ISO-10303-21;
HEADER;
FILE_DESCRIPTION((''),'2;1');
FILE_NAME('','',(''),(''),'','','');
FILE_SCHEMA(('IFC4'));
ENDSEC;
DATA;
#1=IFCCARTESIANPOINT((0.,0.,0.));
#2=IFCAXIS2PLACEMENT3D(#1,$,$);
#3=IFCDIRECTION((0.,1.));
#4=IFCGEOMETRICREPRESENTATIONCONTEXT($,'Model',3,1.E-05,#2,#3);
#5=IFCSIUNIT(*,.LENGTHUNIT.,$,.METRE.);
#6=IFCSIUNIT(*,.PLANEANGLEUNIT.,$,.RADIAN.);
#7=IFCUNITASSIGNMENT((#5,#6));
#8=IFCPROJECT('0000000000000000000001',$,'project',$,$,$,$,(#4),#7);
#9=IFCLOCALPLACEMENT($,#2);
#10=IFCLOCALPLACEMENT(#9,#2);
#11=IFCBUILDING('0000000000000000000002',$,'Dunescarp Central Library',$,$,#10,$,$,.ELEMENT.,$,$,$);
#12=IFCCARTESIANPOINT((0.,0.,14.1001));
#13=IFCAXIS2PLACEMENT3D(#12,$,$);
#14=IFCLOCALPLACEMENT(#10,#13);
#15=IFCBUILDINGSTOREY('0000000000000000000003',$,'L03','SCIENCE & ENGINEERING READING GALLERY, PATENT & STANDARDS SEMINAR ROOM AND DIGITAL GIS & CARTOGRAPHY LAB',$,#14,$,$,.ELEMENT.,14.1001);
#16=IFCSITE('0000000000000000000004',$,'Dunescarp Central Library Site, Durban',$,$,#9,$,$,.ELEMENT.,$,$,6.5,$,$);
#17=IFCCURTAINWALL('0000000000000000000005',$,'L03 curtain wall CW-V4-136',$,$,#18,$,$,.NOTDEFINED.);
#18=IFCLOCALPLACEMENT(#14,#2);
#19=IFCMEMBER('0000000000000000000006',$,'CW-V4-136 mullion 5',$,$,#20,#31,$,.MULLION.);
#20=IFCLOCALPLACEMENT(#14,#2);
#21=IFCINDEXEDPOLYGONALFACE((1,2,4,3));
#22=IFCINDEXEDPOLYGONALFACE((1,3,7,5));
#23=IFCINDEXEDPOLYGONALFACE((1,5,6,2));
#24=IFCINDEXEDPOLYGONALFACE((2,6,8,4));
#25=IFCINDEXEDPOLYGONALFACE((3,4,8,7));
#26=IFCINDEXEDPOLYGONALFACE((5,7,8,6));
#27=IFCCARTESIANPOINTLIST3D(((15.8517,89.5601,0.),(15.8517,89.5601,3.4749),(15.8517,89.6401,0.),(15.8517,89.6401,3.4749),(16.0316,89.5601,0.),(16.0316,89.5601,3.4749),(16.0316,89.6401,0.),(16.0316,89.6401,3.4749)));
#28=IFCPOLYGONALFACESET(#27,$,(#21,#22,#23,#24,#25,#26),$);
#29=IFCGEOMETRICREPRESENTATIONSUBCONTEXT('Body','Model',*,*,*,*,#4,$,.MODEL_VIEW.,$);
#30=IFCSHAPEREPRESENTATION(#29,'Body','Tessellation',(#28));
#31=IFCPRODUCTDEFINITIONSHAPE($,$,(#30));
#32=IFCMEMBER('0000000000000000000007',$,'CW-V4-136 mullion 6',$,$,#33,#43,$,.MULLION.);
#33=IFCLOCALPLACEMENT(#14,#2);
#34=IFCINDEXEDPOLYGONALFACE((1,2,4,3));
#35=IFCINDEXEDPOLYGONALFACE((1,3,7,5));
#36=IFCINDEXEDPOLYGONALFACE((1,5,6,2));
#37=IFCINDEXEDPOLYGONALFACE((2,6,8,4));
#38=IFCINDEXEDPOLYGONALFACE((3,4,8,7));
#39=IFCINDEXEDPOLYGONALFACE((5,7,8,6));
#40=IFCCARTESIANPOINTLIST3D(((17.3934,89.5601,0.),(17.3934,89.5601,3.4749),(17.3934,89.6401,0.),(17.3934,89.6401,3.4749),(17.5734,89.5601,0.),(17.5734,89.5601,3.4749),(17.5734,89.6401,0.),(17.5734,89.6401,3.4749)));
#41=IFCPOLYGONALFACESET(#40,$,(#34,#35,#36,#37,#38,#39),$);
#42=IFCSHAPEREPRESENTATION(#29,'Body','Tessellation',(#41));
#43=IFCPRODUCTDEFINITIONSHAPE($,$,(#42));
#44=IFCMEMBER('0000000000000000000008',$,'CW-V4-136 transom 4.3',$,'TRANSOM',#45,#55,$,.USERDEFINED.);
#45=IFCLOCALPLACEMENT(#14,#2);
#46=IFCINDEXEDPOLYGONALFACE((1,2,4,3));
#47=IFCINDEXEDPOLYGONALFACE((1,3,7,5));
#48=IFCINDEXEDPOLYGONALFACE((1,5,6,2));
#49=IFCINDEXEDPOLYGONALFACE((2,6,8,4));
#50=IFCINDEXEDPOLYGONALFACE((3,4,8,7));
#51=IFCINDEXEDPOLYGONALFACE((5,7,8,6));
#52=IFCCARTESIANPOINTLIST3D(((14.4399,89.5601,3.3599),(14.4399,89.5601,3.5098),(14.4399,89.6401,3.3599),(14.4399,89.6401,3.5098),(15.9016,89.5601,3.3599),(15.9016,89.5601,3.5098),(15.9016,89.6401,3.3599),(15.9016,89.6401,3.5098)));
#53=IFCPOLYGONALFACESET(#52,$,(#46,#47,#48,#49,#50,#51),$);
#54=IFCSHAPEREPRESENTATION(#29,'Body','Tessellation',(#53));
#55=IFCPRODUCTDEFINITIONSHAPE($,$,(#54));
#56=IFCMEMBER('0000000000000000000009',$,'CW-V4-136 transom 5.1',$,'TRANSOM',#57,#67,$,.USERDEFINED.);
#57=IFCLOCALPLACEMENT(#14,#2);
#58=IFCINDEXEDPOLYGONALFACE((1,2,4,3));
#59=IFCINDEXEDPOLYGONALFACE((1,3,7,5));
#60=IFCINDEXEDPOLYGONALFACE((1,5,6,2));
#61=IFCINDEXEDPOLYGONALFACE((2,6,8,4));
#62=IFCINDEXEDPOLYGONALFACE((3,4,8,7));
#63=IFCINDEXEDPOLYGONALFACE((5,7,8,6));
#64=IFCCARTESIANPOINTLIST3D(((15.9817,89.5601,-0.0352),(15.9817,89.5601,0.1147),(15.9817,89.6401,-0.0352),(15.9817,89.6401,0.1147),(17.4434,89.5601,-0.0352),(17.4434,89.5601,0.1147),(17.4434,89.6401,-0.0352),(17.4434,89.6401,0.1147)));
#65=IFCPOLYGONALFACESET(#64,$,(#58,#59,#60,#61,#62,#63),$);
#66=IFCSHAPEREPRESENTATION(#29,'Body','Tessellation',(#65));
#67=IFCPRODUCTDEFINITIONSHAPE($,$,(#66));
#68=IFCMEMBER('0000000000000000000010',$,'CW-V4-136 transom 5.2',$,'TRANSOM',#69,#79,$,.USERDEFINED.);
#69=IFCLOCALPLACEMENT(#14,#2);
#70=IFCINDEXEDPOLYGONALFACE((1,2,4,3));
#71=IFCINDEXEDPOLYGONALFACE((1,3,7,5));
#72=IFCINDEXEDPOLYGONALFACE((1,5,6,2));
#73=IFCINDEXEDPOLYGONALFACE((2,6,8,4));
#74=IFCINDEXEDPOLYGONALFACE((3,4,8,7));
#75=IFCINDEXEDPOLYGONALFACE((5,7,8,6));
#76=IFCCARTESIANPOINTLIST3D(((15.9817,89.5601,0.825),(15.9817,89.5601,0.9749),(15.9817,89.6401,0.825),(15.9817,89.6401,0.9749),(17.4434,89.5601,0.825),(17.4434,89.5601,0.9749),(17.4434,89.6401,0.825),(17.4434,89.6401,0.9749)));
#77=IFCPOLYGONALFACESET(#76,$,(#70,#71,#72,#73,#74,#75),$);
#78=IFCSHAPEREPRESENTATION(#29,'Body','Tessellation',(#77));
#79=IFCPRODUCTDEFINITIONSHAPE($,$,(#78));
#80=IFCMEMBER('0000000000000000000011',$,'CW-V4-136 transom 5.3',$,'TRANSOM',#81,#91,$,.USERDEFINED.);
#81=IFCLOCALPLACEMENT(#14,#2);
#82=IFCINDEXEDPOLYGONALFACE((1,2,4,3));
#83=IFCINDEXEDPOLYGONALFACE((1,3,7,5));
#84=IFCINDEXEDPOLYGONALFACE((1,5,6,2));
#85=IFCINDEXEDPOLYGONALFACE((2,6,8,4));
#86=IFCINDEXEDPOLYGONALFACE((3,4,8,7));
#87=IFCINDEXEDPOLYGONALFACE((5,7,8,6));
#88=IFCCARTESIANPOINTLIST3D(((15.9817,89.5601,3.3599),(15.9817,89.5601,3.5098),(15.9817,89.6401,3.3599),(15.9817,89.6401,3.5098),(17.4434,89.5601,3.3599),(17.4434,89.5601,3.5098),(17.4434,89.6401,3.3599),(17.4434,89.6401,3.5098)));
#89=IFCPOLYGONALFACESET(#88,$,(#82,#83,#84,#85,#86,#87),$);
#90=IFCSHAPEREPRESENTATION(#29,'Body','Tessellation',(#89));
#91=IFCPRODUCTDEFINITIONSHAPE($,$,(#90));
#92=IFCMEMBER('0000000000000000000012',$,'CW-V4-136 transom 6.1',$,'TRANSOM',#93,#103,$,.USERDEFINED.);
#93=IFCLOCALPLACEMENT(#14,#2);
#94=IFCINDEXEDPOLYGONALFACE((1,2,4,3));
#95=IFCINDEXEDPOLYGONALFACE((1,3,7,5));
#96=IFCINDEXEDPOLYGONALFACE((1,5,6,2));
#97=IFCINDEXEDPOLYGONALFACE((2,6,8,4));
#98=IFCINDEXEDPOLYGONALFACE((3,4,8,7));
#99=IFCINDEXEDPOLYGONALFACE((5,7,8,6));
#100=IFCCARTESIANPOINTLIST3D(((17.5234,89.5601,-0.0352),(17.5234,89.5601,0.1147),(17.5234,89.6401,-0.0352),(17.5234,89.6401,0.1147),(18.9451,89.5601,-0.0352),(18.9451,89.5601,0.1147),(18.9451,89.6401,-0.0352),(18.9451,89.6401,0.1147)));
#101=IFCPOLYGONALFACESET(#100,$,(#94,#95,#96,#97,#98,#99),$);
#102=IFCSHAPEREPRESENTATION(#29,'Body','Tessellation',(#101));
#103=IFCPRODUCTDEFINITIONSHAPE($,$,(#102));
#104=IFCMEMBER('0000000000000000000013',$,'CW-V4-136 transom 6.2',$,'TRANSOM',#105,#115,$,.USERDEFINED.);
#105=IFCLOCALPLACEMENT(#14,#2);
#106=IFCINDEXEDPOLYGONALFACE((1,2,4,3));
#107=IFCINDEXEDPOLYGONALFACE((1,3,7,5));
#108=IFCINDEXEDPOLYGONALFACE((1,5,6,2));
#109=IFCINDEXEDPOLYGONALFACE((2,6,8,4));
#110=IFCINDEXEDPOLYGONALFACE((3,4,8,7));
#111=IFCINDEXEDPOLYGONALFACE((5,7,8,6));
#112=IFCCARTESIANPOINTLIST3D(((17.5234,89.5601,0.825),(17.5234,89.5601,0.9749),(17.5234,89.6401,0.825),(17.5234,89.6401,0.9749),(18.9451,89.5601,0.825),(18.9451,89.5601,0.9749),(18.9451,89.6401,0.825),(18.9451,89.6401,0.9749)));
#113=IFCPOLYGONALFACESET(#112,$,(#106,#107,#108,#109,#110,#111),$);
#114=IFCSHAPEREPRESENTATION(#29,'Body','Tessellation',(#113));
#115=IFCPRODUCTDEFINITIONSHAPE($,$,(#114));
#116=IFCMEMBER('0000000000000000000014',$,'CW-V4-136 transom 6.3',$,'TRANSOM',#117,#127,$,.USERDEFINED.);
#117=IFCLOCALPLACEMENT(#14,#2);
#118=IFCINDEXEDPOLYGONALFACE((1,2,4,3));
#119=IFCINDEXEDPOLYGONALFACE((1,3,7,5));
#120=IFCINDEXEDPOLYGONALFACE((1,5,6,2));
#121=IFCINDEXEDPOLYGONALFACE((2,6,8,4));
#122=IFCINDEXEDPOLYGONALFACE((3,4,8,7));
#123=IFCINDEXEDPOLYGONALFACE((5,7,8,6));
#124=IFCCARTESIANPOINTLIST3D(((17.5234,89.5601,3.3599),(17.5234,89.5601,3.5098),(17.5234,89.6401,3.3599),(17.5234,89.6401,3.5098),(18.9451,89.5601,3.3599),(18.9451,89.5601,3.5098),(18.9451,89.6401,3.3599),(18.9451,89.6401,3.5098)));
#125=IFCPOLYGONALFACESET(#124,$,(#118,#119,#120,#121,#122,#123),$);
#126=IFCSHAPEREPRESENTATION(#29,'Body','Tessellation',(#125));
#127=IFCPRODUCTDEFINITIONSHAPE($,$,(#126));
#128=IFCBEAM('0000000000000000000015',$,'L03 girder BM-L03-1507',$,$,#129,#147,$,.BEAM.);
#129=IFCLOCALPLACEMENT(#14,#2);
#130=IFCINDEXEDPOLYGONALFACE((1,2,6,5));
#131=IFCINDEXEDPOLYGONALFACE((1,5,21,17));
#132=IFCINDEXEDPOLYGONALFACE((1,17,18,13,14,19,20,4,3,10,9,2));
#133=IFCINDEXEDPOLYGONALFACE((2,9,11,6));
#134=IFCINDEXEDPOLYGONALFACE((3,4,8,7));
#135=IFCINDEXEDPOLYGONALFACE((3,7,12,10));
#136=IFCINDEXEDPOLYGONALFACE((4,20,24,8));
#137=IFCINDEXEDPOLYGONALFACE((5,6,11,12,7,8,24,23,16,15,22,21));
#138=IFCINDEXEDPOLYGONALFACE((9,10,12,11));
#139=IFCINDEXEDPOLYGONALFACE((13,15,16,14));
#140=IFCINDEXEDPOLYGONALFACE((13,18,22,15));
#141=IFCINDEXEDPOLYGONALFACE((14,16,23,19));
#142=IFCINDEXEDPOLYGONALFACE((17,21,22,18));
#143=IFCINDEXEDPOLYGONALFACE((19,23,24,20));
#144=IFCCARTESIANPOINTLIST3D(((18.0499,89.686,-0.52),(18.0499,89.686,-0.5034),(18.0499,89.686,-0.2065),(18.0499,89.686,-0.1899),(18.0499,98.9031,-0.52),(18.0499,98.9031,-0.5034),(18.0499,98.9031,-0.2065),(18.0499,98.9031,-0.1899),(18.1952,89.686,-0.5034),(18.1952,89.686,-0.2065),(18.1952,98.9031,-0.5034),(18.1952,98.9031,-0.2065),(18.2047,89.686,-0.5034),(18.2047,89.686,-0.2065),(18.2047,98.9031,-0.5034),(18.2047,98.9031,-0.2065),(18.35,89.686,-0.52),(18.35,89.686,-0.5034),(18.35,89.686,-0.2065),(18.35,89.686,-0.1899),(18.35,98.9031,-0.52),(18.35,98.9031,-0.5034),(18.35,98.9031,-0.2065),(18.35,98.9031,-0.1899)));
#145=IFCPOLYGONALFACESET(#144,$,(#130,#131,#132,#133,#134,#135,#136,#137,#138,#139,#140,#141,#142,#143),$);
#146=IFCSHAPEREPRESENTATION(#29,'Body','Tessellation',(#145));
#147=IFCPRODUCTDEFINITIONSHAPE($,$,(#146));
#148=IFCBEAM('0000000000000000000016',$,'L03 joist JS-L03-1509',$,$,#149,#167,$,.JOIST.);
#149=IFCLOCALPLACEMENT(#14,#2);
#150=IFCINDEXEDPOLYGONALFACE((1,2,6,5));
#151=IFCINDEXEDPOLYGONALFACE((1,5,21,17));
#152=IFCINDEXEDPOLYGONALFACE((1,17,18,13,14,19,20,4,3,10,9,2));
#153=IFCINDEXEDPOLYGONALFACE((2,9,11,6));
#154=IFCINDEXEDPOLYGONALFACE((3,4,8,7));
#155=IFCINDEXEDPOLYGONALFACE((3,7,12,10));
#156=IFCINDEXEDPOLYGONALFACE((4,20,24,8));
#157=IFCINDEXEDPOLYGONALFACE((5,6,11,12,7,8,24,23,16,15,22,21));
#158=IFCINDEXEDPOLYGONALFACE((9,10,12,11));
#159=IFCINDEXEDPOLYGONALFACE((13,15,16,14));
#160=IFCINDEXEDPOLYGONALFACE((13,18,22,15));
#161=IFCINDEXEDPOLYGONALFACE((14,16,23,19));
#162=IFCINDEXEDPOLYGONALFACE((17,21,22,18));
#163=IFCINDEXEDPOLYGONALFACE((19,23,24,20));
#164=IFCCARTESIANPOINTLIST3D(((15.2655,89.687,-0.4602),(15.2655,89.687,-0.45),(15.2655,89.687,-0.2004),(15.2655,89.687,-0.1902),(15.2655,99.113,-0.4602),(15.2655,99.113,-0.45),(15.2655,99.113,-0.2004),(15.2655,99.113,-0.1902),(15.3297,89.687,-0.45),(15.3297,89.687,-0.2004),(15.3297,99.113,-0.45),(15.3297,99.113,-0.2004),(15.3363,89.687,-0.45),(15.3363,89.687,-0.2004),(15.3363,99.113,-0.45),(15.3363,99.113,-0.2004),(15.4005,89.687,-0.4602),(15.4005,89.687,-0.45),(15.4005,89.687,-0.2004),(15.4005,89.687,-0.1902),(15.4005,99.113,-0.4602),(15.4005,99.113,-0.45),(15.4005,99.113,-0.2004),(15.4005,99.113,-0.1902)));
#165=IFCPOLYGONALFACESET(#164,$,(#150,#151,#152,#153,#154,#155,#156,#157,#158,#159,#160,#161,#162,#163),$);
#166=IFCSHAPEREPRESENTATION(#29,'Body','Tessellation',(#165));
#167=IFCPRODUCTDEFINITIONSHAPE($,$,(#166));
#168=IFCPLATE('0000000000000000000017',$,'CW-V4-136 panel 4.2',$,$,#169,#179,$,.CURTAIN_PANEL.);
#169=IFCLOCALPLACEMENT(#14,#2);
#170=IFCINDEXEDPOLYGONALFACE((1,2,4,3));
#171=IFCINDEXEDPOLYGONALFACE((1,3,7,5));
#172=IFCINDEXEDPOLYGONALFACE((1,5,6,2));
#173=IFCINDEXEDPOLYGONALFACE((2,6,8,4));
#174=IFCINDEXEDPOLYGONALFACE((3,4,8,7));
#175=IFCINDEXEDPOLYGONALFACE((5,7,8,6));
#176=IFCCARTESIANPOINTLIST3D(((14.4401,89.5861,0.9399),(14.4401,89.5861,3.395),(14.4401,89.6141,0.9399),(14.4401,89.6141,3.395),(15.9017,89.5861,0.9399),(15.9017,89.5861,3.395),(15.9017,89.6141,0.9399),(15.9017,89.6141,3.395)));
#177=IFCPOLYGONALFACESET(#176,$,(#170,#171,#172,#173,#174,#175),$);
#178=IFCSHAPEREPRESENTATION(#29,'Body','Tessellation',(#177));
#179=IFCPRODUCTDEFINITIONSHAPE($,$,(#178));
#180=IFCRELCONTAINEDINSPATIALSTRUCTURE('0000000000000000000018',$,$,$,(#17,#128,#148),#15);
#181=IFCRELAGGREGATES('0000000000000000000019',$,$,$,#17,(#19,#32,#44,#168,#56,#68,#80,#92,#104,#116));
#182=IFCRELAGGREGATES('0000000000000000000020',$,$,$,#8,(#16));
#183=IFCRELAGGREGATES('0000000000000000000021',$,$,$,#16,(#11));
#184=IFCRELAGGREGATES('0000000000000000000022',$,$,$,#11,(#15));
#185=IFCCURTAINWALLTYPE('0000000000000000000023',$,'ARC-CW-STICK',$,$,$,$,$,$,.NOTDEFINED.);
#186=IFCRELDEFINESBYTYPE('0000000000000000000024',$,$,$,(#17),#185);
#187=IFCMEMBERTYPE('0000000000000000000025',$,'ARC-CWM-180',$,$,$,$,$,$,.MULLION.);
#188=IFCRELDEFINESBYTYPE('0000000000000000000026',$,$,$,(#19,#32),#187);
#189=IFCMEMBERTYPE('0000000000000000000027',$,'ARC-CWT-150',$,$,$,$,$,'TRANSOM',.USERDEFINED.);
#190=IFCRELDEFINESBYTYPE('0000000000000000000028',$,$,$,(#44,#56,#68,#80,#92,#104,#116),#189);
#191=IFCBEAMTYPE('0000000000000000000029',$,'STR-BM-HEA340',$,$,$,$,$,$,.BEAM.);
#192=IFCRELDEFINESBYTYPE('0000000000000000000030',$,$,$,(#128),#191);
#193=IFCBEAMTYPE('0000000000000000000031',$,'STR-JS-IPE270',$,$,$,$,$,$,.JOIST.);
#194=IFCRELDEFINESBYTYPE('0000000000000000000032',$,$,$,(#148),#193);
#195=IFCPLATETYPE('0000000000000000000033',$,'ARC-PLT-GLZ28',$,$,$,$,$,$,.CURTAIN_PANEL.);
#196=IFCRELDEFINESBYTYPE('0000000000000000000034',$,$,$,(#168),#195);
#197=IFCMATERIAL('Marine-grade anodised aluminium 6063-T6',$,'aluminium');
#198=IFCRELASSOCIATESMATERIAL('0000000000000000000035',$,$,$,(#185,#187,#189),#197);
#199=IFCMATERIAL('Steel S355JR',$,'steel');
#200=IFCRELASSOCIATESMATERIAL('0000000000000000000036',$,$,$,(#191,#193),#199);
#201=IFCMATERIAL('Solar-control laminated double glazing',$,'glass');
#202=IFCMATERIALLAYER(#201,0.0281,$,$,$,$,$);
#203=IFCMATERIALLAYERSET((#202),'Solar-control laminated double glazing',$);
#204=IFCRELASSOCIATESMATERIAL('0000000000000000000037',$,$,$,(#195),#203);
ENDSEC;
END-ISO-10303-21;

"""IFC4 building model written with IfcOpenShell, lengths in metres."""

from ifc_helpers import new_model, si_unit, direction, frame, origin, origin_2d, place, context, subcontext, project, spatial, rectangle, i_section, extrude, material, layer, layer_set, material_profile, profile_set, type_object, element, aggregate, save


model = new_model("IFC4")

# Units and contexts
model_context = context("Model", 3, precision=1e-05, world=origin(), true_north=direction((0.0, 1.0)))
body_context = subcontext(model_context, "Body", "Model", "MODEL_VIEW")
ifc_project = project(units=[si_unit("LENGTHUNIT", "METRE"), si_unit("PLANEANGLEUNIT", "RADIAN")], contexts=[model_context])

# Site, building, storey
site_placement = place(None, origin())
site = spatial("IfcSite", under=ifc_project, at=site_placement, Name="Dunescarp Central Library Site, Durban", CompositionType="ELEMENT", RefElevation=6.5)
building_placement = place(site_placement, origin())
building = spatial("IfcBuilding", under=site, at=building_placement, Name="Dunescarp Central Library", CompositionType="ELEMENT")
storey_placement = place(building_placement, frame((0.0, 0.0, 14.1001)))
storey = spatial("IfcBuildingStorey", under=building, at=storey_placement, Name="L03", Description="SCIENCE & ENGINEERING READING GALLERY, PATENT & STANDARDS SEMINAR ROOM AND DIGITAL GIS & CARTOGRAPHY LAB", CompositionType="ELEMENT", Elevation=14.1001)

# Curtain wall, members
ifc_material_1 = material(Name="Marine-grade anodised aluminium 6063-T6", Category="aluminium")
curtain_wall_type = type_object("IfcCurtainWallType", Name="ARC-CW-STICK", PredefinedType="NOTDEFINED", material=ifc_material_1)
curtain_wall_placement = place(storey_placement, origin())
curtain_wall = element("IfcCurtainWall", 1, at=curtain_wall_placement, inside=storey, type_object=curtain_wall_type, Name="L03 curtain wall CW-V4-136", PredefinedType="NOTDEFINED")
ifc_material_profile_1 = material_profile(ifc_material_1, rectangle(XDim=0.0801, YDim=0.1799, at=origin_2d()), Name="AL 80x180")
ifc_profile_set_1 = profile_set([ifc_material_profile_1], Name="Marine-grade anodised aluminium 6063-T6")
member_type_1 = type_object("IfcMemberType", Name="ARC-CWM-180", PredefinedType="MULLION", material=ifc_profile_set_1)
member_1_placement = place(storey_placement, frame((15.9417, 89.6001, 0.0), z_axis=(0.0, 0.0, 1.0), x_axis=(0.0, 1.0, 0.0)))
member_1 = element("IfcMember", 2, at=member_1_placement, type_object=member_type_1, Name="CW-V4-136 mullion 5", PredefinedType="MULLION", context=body_context, shape_type="SweptSolid", body=[
    extrude(rectangle(XDim=0.0801, YDim=0.1799, at=origin_2d()), origin(), (0.0, 0.0, 1.0), 3.4749),
])
member_2_placement = place(storey_placement, frame((17.4834, 89.6001, 0.0), z_axis=(0.0, 0.0, 1.0), x_axis=(0.0, 1.0, 0.0)))
member_2 = element("IfcMember", 3, at=member_2_placement, type_object=member_type_1, Name="CW-V4-136 mullion 6", PredefinedType="MULLION", context=body_context, shape_type="SweptSolid", body=[
    extrude(rectangle(XDim=0.0801, YDim=0.1799, at=origin_2d()), origin(), (0.0, 0.0, 1.0), 3.4749),
])
ifc_material_profile_2 = material_profile(ifc_material_1, rectangle(XDim=0.0801, YDim=0.1499, at=origin_2d()), Name="AL 80x150")
ifc_profile_set_2 = profile_set([ifc_material_profile_2], Name="Marine-grade anodised aluminium 6063-T6")
member_type_2 = type_object("IfcMemberType", Name="ARC-CWT-150", ElementType="TRANSOM", PredefinedType="USERDEFINED", material=ifc_profile_set_2)
member_3_placement = place(storey_placement, frame((14.4399, 89.6001, 3.4348), z_axis=(1.0, 0.0, 0.0), x_axis=(0.0, 1.0, 0.0)))
member_3 = element("IfcMember", 4, at=member_3_placement, type_object=member_type_2, Name="CW-V4-136 transom 4.3", ObjectType="TRANSOM", PredefinedType="USERDEFINED", context=body_context, shape_type="SweptSolid", body=[
    extrude(rectangle(XDim=0.0801, YDim=0.1499, at=origin_2d()), origin(), (0.0, 0.0, 1.0), 1.4617),
])
member_4_placement = place(storey_placement, frame((15.9817, 89.6001, 0.0398), z_axis=(1.0, 0.0, 0.0), x_axis=(0.0, 1.0, 0.0)))
member_4 = element("IfcMember", 5, at=member_4_placement, type_object=member_type_2, Name="CW-V4-136 transom 5.1", ObjectType="TRANSOM", PredefinedType="USERDEFINED", context=body_context, shape_type="SweptSolid", body=[
    extrude(rectangle(XDim=0.0801, YDim=0.1499, at=origin_2d()), origin(), (0.0, 0.0, 1.0), 1.4617),
])
member_5_placement = place(storey_placement, frame((15.9817, 89.6001, 0.8999), z_axis=(1.0, 0.0, 0.0), x_axis=(0.0, 1.0, 0.0)))
member_5 = element("IfcMember", 6, at=member_5_placement, type_object=member_type_2, Name="CW-V4-136 transom 5.2", ObjectType="TRANSOM", PredefinedType="USERDEFINED", context=body_context, shape_type="SweptSolid", body=[
    extrude(rectangle(XDim=0.0801, YDim=0.1499, at=origin_2d()), origin(), (0.0, 0.0, 1.0), 1.4617),
])
member_6_placement = place(storey_placement, frame((15.9817, 89.6001, 3.4348), z_axis=(1.0, 0.0, 0.0), x_axis=(0.0, 1.0, 0.0)))
member_6 = element("IfcMember", 7, at=member_6_placement, type_object=member_type_2, Name="CW-V4-136 transom 5.3", ObjectType="TRANSOM", PredefinedType="USERDEFINED", context=body_context, shape_type="SweptSolid", body=[
    extrude(rectangle(XDim=0.0801, YDim=0.1499, at=origin_2d()), origin(), (0.0, 0.0, 1.0), 1.4617),
])
member_7_placement = place(storey_placement, frame((17.5234, 89.6001, 0.0398), z_axis=(1.0, 0.0, 0.0), x_axis=(0.0, 1.0, 0.0)))
member_7 = element("IfcMember", 8, at=member_7_placement, type_object=member_type_2, Name="CW-V4-136 transom 6.1", ObjectType="TRANSOM", PredefinedType="USERDEFINED", context=body_context, shape_type="SweptSolid", body=[
    extrude(rectangle(XDim=0.0801, YDim=0.1499, at=origin_2d()), origin(), (0.0, 0.0, 1.0), 1.4216),
])
member_8_placement = place(storey_placement, frame((17.5234, 89.6001, 0.8999), z_axis=(1.0, 0.0, 0.0), x_axis=(0.0, 1.0, 0.0)))
member_8 = element("IfcMember", 9, at=member_8_placement, type_object=member_type_2, Name="CW-V4-136 transom 6.2", ObjectType="TRANSOM", PredefinedType="USERDEFINED", context=body_context, shape_type="SweptSolid", body=[
    extrude(rectangle(XDim=0.0801, YDim=0.1499, at=origin_2d()), origin(), (0.0, 0.0, 1.0), 1.4216),
])
member_9_placement = place(storey_placement, frame((17.5234, 89.6001, 3.4348), z_axis=(1.0, 0.0, 0.0), x_axis=(0.0, 1.0, 0.0)))
member_9 = element("IfcMember", 10, at=member_9_placement, type_object=member_type_2, Name="CW-V4-136 transom 6.3", ObjectType="TRANSOM", PredefinedType="USERDEFINED", context=body_context, shape_type="SweptSolid", body=[
    extrude(rectangle(XDim=0.0801, YDim=0.1499, at=origin_2d()), origin(), (0.0, 0.0, 1.0), 1.4216),
])

# Beams
ifc_material_2 = material(Name="Steel S355JR", Category="steel")
ifc_material_profile_3 = material_profile(ifc_material_2, i_section(OverallWidth=0.3, OverallDepth=0.3301, WebThickness=0.0095, FlangeThickness=0.0166, at=origin_2d()), Name="HEA 340")
ifc_profile_set_3 = profile_set([ifc_material_profile_3], Name="Steel S355JR")
beam_type_1 = type_object("IfcBeamType", Name="STR-BM-HEA340", PredefinedType="BEAM", material=ifc_profile_set_3)
beam_1_placement = place(storey_placement, frame((18.2, 89.686, -0.355), z_axis=(0.0, 1.0, 0.0), x_axis=(-1.0, 0.0, 0.0)))
element("IfcBeam", 11, at=beam_1_placement, inside=storey, type_object=beam_type_1, Name="L03 girder BM-L03-1507", PredefinedType="BEAM", context=body_context, shape_type="SweptSolid", body=[
    extrude(i_section(OverallWidth=0.3, OverallDepth=0.3301, WebThickness=0.0095, FlangeThickness=0.0166, at=origin_2d()), origin(), (0.0, 0.0, 1.0), 9.217),
])
ifc_material_profile_4 = material_profile(ifc_material_2, i_section(OverallWidth=0.135, OverallDepth=0.27, WebThickness=0.0066, FlangeThickness=0.0103, at=origin_2d()), Name="IPE 270")
ifc_profile_set_4 = profile_set([ifc_material_profile_4], Name="Steel S355JR")
beam_type_2 = type_object("IfcBeamType", Name="STR-JS-IPE270", PredefinedType="JOIST", material=ifc_profile_set_4)
beam_2_placement = place(storey_placement, frame((15.333, 89.687, -0.3252), z_axis=(0.0, 1.0, 0.0), x_axis=(-1.0, 0.0, 0.0)))
element("IfcBeam", 12, at=beam_2_placement, inside=storey, type_object=beam_type_2, Name="L03 joist JS-L03-1509", PredefinedType="JOIST", context=body_context, shape_type="SweptSolid", body=[
    extrude(i_section(OverallWidth=0.135, OverallDepth=0.27, WebThickness=0.0066, FlangeThickness=0.0103, at=origin_2d()), origin(), (0.0, 0.0, 1.0), 9.426),
])

# Plate
ifc_material_3 = material(Name="Solar-control laminated double glazing", Category="glass")
ifc_layer_1 = layer(ifc_material_3, 0.0281)
ifc_layer_set_1 = layer_set([ifc_layer_1], Name="Solar-control laminated double glazing")
plate_type_1 = type_object("IfcPlateType", Name="ARC-PLT-GLZ28", PredefinedType="CURTAIN_PANEL", material=ifc_layer_set_1)
plate_1_placement = place(storey_placement, frame((15.1709, 89.6001, 0.9399), z_axis=(0.0, 0.0, 1.0), x_axis=(1.0, 0.0, 0.0)))
plate_1 = element("IfcPlate", 13, at=plate_1_placement, type_object=plate_type_1, Name="CW-V4-136 panel 4.2", PredefinedType="CURTAIN_PANEL", context=body_context, shape_type="SweptSolid", body=[
    extrude(rectangle(XDim=1.4617, YDim=0.0281, at=origin_2d()), origin(), (0.0, 0.0, 1.0), 2.4551),
])
aggregate(curtain_wall, [member_1, member_2, member_3, plate_1, member_4, member_5, member_6, member_7, member_8, member_9])

save(model, "model.ifc")
